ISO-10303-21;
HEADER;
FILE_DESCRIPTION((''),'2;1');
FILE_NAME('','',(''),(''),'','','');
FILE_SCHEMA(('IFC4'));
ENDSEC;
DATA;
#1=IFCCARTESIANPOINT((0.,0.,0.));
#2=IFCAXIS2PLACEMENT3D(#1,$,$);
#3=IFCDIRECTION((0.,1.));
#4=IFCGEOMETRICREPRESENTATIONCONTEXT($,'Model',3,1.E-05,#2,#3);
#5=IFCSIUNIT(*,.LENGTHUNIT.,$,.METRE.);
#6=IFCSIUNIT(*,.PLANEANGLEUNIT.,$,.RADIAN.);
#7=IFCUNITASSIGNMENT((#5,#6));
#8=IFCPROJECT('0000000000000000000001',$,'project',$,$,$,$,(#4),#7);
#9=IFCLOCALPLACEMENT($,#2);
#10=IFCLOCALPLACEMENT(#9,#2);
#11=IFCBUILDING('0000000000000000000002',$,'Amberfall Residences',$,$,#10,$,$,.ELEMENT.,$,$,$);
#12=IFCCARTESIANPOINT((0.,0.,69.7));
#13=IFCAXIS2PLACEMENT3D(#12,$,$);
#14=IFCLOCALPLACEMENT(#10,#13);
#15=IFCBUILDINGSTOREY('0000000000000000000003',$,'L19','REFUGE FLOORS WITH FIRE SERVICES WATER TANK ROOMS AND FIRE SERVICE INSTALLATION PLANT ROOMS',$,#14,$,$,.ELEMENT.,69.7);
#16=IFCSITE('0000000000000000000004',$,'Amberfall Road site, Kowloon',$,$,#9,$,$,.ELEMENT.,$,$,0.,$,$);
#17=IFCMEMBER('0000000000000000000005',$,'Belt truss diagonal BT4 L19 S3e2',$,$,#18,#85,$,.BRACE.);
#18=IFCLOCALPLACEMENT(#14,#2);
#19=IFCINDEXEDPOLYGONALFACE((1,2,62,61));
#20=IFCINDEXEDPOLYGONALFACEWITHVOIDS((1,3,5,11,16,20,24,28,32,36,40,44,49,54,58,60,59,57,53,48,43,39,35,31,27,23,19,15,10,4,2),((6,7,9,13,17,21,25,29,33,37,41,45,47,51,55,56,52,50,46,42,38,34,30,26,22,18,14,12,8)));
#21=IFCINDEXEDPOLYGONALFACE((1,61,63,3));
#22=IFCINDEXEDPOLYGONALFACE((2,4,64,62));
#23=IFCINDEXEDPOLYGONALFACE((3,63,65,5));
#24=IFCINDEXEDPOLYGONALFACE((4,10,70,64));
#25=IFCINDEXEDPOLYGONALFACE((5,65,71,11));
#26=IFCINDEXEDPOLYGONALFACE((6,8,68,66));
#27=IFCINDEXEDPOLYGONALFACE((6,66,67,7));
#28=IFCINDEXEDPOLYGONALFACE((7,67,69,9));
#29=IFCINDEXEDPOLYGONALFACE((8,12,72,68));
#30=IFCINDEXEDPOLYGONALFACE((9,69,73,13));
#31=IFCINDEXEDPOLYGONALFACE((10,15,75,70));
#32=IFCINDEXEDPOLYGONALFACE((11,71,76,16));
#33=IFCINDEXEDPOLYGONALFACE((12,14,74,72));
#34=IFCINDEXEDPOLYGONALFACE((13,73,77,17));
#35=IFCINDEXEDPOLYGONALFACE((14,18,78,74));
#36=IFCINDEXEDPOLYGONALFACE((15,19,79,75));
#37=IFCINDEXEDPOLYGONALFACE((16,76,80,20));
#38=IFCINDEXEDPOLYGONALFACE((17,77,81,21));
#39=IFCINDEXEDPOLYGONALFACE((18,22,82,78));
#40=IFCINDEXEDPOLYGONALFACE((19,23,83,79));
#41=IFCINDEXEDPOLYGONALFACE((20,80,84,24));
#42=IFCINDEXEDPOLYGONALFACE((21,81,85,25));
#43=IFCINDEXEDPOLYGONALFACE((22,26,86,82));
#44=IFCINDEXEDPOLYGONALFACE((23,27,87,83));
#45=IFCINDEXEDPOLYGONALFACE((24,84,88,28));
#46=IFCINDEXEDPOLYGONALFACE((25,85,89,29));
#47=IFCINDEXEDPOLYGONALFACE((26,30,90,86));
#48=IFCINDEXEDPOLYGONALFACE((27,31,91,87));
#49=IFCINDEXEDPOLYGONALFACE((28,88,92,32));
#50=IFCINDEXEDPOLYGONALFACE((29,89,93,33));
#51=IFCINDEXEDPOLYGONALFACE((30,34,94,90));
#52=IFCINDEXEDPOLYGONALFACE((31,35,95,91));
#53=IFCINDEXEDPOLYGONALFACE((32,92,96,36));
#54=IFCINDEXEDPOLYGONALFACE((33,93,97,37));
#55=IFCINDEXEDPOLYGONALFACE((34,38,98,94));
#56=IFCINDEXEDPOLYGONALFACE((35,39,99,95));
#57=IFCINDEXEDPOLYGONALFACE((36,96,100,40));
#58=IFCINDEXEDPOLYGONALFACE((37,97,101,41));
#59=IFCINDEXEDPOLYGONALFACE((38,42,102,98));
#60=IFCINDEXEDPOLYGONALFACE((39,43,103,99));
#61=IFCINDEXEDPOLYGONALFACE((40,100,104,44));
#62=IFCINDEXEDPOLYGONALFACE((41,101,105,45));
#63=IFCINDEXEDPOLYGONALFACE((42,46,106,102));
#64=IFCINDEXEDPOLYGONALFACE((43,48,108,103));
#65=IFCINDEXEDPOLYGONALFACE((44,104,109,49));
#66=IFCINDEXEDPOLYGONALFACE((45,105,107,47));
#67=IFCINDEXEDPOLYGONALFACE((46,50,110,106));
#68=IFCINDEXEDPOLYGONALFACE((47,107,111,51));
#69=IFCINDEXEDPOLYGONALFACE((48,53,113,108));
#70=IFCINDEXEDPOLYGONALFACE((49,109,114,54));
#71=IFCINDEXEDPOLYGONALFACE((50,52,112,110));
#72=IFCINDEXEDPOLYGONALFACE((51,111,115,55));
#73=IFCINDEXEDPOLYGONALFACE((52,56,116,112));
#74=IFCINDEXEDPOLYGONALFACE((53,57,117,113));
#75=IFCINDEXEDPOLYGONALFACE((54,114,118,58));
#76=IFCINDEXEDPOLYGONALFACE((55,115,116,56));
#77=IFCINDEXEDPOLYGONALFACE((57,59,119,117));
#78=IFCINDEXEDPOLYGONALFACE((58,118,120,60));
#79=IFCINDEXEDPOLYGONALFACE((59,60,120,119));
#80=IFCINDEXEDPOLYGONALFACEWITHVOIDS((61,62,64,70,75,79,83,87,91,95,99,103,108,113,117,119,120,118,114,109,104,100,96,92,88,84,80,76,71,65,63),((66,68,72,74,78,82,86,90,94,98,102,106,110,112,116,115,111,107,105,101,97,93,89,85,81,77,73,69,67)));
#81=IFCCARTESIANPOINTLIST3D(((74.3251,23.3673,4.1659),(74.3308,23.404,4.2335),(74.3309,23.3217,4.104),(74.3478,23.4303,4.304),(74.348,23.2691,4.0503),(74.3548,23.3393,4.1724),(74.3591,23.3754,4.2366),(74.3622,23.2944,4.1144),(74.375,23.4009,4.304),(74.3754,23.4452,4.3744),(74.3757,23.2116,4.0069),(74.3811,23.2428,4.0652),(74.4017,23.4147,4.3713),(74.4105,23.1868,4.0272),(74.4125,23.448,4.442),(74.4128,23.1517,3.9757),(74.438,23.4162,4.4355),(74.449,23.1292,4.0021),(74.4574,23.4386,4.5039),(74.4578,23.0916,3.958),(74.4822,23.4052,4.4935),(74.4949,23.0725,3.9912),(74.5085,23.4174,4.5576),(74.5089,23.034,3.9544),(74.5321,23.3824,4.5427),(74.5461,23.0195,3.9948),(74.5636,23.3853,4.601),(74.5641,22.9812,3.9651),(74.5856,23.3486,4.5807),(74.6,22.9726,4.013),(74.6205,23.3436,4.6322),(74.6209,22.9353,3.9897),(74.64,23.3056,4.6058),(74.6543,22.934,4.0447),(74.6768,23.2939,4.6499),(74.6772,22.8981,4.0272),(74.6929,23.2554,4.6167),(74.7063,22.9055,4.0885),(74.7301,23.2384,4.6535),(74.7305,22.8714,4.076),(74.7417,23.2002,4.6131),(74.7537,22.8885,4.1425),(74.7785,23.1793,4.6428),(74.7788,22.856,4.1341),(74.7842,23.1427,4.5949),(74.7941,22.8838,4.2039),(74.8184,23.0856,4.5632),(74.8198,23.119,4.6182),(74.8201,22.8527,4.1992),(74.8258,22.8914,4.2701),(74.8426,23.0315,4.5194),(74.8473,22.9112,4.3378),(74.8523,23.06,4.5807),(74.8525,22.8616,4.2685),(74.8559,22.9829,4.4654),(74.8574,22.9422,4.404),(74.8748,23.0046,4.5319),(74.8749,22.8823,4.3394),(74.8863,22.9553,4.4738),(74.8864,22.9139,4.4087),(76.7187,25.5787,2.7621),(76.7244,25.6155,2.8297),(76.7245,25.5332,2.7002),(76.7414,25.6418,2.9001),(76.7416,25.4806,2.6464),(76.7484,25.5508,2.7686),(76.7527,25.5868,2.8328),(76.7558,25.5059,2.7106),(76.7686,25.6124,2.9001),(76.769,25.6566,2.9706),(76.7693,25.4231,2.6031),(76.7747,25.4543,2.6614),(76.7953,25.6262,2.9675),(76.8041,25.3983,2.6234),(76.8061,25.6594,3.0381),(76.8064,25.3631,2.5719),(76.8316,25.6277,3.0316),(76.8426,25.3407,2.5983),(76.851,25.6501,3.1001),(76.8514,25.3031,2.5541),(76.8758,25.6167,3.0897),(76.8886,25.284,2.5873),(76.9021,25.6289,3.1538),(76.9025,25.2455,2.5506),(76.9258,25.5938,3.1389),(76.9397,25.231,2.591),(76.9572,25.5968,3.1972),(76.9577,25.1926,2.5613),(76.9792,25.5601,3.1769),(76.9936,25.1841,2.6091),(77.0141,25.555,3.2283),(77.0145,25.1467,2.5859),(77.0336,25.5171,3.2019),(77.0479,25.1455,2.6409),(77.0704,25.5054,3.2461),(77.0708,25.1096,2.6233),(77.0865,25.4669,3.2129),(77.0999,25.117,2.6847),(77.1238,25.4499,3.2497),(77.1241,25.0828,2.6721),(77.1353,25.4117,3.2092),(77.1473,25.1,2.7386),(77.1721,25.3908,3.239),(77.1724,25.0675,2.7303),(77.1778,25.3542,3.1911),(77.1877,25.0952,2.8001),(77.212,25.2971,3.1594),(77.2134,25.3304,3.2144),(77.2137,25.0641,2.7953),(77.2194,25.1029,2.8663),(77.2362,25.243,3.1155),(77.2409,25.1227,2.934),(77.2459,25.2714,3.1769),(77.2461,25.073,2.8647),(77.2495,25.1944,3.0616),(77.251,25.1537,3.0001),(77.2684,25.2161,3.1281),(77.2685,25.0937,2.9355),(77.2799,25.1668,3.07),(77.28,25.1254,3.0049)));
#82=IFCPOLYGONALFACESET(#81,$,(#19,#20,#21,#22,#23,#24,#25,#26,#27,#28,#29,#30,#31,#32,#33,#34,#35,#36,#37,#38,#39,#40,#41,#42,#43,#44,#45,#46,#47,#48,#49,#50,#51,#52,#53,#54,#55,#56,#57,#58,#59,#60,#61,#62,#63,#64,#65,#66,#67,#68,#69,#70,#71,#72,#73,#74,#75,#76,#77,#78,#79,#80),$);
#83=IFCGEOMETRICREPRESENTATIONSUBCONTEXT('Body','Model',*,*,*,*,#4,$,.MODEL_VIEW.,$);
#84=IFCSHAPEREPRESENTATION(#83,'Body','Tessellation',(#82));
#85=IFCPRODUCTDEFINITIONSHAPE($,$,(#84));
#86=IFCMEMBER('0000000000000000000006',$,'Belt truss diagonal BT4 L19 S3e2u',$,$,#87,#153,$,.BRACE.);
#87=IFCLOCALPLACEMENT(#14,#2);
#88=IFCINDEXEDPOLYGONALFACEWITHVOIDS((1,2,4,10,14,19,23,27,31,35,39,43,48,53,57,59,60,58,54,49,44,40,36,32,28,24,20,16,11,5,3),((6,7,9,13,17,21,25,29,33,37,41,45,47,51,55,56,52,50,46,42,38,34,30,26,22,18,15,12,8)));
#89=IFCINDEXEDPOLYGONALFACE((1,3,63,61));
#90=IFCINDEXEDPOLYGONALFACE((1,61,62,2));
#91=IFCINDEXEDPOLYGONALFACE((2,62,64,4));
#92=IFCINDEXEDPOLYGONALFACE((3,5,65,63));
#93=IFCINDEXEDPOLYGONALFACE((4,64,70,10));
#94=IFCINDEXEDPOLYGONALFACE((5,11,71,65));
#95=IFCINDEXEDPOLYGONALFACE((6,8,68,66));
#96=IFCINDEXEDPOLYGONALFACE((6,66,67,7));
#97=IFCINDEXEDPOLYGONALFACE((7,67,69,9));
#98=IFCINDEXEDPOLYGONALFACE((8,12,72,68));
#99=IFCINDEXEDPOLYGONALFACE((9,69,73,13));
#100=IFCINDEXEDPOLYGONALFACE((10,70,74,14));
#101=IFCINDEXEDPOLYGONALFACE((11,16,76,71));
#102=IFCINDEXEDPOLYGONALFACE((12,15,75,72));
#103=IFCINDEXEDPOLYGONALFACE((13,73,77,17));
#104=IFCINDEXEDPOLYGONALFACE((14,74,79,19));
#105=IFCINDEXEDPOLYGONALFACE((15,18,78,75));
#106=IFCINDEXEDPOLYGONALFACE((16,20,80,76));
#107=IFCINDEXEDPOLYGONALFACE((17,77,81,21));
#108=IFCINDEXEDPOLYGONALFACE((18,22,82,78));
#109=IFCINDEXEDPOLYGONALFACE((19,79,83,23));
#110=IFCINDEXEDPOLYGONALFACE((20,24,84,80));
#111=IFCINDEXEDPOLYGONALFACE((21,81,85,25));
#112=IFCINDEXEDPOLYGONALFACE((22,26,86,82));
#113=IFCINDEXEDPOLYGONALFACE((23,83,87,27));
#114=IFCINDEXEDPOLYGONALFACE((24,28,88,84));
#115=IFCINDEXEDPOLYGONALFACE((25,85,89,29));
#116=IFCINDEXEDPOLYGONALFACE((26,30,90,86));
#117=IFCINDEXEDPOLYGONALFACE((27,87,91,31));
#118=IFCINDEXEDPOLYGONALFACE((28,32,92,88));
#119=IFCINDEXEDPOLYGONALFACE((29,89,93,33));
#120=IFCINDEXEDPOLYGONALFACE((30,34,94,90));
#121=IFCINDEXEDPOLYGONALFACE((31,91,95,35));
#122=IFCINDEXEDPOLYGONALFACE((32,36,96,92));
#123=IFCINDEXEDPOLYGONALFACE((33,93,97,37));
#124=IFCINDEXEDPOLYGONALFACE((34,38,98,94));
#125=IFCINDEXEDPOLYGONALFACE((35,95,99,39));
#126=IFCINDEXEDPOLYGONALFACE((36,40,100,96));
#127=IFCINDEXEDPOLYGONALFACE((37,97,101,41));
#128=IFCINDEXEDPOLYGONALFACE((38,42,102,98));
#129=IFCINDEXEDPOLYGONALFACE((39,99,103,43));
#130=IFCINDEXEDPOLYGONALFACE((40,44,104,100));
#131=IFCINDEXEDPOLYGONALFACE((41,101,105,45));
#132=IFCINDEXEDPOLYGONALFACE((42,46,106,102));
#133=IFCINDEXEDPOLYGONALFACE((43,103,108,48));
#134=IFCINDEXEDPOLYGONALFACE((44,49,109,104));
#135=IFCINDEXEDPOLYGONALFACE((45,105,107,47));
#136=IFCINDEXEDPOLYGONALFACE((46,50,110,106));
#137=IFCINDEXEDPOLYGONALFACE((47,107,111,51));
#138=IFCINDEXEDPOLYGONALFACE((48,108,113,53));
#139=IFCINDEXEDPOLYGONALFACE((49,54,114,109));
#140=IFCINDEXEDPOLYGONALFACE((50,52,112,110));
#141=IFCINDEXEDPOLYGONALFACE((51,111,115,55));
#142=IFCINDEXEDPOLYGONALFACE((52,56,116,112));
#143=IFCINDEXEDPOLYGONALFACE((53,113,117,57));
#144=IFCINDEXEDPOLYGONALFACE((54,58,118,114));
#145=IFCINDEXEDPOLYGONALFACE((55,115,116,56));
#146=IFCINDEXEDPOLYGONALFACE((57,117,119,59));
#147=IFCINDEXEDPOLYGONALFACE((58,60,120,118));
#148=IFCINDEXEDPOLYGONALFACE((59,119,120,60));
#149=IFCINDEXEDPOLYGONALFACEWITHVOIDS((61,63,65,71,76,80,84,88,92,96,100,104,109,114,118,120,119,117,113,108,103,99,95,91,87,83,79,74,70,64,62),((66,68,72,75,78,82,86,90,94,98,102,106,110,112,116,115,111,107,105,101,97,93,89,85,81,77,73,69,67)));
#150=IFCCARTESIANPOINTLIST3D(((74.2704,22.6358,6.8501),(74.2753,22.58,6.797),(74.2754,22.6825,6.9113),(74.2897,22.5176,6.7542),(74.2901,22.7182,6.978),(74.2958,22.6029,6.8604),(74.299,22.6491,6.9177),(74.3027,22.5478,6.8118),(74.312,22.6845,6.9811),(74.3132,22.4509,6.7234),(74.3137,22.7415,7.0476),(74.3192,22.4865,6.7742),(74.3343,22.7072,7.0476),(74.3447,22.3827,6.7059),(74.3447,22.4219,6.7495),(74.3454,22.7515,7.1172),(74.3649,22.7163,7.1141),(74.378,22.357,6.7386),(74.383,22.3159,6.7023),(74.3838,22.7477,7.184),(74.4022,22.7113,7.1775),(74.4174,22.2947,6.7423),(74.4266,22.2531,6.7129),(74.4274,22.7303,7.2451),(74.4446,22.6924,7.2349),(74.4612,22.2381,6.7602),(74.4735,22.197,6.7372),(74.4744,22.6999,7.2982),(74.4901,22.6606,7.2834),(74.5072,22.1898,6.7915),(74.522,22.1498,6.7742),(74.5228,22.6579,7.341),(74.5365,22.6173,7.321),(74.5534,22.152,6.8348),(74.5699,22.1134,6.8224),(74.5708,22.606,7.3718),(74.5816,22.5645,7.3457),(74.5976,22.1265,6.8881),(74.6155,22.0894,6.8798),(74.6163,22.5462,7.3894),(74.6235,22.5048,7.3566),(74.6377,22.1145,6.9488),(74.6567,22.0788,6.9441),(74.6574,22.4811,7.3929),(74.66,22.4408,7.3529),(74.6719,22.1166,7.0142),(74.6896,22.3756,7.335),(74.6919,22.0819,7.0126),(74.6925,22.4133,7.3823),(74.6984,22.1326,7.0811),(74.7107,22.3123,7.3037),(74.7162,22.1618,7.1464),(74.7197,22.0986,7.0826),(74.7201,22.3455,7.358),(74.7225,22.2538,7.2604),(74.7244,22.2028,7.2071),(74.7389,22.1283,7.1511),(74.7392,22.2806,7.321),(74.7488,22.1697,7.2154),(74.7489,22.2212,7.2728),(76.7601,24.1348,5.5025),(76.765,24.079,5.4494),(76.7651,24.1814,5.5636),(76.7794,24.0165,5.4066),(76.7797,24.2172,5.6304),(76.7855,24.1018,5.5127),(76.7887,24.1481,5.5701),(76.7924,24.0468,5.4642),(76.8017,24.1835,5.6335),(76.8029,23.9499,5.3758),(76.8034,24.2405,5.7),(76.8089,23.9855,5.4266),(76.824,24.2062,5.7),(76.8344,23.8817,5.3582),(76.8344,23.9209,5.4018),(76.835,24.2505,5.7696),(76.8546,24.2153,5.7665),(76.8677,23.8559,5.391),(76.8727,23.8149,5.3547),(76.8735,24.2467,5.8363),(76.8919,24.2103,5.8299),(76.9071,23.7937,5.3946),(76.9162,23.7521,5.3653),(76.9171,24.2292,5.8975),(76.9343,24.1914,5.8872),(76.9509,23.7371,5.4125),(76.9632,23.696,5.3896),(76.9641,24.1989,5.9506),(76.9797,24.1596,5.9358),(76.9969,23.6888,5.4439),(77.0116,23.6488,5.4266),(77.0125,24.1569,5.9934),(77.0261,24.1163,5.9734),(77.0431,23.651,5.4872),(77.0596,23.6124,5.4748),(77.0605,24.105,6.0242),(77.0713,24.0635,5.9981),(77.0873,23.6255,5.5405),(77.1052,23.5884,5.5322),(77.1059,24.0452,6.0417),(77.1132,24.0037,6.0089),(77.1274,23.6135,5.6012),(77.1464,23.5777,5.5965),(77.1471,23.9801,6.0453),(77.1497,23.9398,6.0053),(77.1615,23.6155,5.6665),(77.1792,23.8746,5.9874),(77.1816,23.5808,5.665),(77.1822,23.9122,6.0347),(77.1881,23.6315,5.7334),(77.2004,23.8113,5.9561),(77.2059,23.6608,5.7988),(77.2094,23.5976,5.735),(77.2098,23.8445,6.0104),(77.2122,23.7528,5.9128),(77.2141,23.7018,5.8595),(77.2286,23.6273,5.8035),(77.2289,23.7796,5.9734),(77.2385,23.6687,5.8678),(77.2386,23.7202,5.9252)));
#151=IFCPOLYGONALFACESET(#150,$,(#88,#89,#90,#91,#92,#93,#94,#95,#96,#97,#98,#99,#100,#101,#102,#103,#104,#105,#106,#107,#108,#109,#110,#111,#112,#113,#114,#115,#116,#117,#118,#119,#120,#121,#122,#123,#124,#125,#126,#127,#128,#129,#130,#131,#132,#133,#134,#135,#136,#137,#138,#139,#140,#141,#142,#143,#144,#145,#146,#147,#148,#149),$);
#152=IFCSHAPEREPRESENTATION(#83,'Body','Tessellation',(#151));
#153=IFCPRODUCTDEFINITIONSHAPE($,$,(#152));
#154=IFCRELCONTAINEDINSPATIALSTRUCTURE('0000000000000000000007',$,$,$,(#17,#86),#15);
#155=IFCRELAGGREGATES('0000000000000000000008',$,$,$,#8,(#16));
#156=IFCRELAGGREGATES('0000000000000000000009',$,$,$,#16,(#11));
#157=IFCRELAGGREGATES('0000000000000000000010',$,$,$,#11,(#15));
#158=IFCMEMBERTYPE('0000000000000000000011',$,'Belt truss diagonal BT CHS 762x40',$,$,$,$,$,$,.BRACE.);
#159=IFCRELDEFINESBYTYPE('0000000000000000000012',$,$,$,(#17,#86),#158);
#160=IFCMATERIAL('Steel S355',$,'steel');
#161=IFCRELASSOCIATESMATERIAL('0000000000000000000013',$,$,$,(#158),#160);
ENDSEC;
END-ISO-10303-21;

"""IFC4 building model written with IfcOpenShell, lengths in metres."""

from ifc_helpers import new_model, si_unit, direction, frame, origin, origin_2d, place, context, subcontext, project, spatial, hollow_circle, extrude, material, material_profile, profile_set, type_object, element, save


model = new_model("IFC4")

# Units and contexts
model_context = context("Model", 3, precision=1e-05, world=origin(), true_north=direction((0.0, 1.0)))
body_context = subcontext(model_context, "Body", "Model", "MODEL_VIEW")
ifc_project = project(units=[si_unit("LENGTHUNIT", "METRE"), si_unit("PLANEANGLEUNIT", "RADIAN")], contexts=[model_context])

# Site, building, storey
site_placement = place(None, origin())
site = spatial("IfcSite", under=ifc_project, at=site_placement, Name="Amberfall Road site, Kowloon", CompositionType="ELEMENT", RefElevation=0.0)
building_placement = place(site_placement, origin())
building = spatial("IfcBuilding", under=site, at=building_placement, Name="Amberfall Residences", CompositionType="ELEMENT")
storey_placement = place(building_placement, frame((0.0, 0.0, 69.7)))
storey = spatial("IfcBuildingStorey", under=building, at=storey_placement, Name="L19", Description="REFUGE FLOORS WITH FIRE SERVICES WATER TANK ROOMS AND FIRE SERVICE INSTALLATION PLANT ROOMS", CompositionType="ELEMENT", Elevation=69.7)

# Shared definitions
ifc_material_1 = material(Name="Steel S355", Category="steel")

# Members
ifc_material_profile_1 = material_profile(ifc_material_1, hollow_circle(Radius=0.3811, WallThickness=0.04, at=origin_2d()), Name="CHS 762x40")
ifc_profile_set_1 = profile_set([ifc_material_profile_1], Name="Steel S355")
member_type_1 = type_object("IfcMemberType", Name="Belt truss diagonal BT CHS 762x40", PredefinedType="BRACE", material=ifc_profile_set_1)
member_1_placement = place(storey_placement, frame((74.6064, 23.1504, 4.304), z_axis=(0.67457, 0.623241, -0.395632), x_axis=(-0.67861, 0.734499, 0.0)))
element("IfcMember", 1, at=member_1_placement, inside=storey, type_object=member_type_1, Name="Belt truss diagonal BT4 L19 S3e2", PredefinedType="BRACE", context=body_context, shape_type="SweptSolid", body=[
    extrude(hollow_circle(Radius=0.3811, WallThickness=0.04, at=origin_2d()), origin(), (0.0, 0.0, 1.0), 3.5483),
])
member_2_placement = place(storey_placement, frame((74.5103, 22.415, 7.0476), z_axis=(0.777208, 0.467941, -0.420689), x_axis=(-0.515805, 0.856706, 0.0)))
element("IfcMember", 2, at=member_2_placement, inside=storey, type_object=member_type_1, Name="Belt truss diagonal BT4 L19 S3e2u", PredefinedType="BRACE", context=body_context, shape_type="SweptSolid", body=[
    extrude(hollow_circle(Radius=0.3811, WallThickness=0.04, at=origin_2d()), origin(), (0.0, 0.0, 1.0), 3.2034),
])

save(model, "model.ifc")
